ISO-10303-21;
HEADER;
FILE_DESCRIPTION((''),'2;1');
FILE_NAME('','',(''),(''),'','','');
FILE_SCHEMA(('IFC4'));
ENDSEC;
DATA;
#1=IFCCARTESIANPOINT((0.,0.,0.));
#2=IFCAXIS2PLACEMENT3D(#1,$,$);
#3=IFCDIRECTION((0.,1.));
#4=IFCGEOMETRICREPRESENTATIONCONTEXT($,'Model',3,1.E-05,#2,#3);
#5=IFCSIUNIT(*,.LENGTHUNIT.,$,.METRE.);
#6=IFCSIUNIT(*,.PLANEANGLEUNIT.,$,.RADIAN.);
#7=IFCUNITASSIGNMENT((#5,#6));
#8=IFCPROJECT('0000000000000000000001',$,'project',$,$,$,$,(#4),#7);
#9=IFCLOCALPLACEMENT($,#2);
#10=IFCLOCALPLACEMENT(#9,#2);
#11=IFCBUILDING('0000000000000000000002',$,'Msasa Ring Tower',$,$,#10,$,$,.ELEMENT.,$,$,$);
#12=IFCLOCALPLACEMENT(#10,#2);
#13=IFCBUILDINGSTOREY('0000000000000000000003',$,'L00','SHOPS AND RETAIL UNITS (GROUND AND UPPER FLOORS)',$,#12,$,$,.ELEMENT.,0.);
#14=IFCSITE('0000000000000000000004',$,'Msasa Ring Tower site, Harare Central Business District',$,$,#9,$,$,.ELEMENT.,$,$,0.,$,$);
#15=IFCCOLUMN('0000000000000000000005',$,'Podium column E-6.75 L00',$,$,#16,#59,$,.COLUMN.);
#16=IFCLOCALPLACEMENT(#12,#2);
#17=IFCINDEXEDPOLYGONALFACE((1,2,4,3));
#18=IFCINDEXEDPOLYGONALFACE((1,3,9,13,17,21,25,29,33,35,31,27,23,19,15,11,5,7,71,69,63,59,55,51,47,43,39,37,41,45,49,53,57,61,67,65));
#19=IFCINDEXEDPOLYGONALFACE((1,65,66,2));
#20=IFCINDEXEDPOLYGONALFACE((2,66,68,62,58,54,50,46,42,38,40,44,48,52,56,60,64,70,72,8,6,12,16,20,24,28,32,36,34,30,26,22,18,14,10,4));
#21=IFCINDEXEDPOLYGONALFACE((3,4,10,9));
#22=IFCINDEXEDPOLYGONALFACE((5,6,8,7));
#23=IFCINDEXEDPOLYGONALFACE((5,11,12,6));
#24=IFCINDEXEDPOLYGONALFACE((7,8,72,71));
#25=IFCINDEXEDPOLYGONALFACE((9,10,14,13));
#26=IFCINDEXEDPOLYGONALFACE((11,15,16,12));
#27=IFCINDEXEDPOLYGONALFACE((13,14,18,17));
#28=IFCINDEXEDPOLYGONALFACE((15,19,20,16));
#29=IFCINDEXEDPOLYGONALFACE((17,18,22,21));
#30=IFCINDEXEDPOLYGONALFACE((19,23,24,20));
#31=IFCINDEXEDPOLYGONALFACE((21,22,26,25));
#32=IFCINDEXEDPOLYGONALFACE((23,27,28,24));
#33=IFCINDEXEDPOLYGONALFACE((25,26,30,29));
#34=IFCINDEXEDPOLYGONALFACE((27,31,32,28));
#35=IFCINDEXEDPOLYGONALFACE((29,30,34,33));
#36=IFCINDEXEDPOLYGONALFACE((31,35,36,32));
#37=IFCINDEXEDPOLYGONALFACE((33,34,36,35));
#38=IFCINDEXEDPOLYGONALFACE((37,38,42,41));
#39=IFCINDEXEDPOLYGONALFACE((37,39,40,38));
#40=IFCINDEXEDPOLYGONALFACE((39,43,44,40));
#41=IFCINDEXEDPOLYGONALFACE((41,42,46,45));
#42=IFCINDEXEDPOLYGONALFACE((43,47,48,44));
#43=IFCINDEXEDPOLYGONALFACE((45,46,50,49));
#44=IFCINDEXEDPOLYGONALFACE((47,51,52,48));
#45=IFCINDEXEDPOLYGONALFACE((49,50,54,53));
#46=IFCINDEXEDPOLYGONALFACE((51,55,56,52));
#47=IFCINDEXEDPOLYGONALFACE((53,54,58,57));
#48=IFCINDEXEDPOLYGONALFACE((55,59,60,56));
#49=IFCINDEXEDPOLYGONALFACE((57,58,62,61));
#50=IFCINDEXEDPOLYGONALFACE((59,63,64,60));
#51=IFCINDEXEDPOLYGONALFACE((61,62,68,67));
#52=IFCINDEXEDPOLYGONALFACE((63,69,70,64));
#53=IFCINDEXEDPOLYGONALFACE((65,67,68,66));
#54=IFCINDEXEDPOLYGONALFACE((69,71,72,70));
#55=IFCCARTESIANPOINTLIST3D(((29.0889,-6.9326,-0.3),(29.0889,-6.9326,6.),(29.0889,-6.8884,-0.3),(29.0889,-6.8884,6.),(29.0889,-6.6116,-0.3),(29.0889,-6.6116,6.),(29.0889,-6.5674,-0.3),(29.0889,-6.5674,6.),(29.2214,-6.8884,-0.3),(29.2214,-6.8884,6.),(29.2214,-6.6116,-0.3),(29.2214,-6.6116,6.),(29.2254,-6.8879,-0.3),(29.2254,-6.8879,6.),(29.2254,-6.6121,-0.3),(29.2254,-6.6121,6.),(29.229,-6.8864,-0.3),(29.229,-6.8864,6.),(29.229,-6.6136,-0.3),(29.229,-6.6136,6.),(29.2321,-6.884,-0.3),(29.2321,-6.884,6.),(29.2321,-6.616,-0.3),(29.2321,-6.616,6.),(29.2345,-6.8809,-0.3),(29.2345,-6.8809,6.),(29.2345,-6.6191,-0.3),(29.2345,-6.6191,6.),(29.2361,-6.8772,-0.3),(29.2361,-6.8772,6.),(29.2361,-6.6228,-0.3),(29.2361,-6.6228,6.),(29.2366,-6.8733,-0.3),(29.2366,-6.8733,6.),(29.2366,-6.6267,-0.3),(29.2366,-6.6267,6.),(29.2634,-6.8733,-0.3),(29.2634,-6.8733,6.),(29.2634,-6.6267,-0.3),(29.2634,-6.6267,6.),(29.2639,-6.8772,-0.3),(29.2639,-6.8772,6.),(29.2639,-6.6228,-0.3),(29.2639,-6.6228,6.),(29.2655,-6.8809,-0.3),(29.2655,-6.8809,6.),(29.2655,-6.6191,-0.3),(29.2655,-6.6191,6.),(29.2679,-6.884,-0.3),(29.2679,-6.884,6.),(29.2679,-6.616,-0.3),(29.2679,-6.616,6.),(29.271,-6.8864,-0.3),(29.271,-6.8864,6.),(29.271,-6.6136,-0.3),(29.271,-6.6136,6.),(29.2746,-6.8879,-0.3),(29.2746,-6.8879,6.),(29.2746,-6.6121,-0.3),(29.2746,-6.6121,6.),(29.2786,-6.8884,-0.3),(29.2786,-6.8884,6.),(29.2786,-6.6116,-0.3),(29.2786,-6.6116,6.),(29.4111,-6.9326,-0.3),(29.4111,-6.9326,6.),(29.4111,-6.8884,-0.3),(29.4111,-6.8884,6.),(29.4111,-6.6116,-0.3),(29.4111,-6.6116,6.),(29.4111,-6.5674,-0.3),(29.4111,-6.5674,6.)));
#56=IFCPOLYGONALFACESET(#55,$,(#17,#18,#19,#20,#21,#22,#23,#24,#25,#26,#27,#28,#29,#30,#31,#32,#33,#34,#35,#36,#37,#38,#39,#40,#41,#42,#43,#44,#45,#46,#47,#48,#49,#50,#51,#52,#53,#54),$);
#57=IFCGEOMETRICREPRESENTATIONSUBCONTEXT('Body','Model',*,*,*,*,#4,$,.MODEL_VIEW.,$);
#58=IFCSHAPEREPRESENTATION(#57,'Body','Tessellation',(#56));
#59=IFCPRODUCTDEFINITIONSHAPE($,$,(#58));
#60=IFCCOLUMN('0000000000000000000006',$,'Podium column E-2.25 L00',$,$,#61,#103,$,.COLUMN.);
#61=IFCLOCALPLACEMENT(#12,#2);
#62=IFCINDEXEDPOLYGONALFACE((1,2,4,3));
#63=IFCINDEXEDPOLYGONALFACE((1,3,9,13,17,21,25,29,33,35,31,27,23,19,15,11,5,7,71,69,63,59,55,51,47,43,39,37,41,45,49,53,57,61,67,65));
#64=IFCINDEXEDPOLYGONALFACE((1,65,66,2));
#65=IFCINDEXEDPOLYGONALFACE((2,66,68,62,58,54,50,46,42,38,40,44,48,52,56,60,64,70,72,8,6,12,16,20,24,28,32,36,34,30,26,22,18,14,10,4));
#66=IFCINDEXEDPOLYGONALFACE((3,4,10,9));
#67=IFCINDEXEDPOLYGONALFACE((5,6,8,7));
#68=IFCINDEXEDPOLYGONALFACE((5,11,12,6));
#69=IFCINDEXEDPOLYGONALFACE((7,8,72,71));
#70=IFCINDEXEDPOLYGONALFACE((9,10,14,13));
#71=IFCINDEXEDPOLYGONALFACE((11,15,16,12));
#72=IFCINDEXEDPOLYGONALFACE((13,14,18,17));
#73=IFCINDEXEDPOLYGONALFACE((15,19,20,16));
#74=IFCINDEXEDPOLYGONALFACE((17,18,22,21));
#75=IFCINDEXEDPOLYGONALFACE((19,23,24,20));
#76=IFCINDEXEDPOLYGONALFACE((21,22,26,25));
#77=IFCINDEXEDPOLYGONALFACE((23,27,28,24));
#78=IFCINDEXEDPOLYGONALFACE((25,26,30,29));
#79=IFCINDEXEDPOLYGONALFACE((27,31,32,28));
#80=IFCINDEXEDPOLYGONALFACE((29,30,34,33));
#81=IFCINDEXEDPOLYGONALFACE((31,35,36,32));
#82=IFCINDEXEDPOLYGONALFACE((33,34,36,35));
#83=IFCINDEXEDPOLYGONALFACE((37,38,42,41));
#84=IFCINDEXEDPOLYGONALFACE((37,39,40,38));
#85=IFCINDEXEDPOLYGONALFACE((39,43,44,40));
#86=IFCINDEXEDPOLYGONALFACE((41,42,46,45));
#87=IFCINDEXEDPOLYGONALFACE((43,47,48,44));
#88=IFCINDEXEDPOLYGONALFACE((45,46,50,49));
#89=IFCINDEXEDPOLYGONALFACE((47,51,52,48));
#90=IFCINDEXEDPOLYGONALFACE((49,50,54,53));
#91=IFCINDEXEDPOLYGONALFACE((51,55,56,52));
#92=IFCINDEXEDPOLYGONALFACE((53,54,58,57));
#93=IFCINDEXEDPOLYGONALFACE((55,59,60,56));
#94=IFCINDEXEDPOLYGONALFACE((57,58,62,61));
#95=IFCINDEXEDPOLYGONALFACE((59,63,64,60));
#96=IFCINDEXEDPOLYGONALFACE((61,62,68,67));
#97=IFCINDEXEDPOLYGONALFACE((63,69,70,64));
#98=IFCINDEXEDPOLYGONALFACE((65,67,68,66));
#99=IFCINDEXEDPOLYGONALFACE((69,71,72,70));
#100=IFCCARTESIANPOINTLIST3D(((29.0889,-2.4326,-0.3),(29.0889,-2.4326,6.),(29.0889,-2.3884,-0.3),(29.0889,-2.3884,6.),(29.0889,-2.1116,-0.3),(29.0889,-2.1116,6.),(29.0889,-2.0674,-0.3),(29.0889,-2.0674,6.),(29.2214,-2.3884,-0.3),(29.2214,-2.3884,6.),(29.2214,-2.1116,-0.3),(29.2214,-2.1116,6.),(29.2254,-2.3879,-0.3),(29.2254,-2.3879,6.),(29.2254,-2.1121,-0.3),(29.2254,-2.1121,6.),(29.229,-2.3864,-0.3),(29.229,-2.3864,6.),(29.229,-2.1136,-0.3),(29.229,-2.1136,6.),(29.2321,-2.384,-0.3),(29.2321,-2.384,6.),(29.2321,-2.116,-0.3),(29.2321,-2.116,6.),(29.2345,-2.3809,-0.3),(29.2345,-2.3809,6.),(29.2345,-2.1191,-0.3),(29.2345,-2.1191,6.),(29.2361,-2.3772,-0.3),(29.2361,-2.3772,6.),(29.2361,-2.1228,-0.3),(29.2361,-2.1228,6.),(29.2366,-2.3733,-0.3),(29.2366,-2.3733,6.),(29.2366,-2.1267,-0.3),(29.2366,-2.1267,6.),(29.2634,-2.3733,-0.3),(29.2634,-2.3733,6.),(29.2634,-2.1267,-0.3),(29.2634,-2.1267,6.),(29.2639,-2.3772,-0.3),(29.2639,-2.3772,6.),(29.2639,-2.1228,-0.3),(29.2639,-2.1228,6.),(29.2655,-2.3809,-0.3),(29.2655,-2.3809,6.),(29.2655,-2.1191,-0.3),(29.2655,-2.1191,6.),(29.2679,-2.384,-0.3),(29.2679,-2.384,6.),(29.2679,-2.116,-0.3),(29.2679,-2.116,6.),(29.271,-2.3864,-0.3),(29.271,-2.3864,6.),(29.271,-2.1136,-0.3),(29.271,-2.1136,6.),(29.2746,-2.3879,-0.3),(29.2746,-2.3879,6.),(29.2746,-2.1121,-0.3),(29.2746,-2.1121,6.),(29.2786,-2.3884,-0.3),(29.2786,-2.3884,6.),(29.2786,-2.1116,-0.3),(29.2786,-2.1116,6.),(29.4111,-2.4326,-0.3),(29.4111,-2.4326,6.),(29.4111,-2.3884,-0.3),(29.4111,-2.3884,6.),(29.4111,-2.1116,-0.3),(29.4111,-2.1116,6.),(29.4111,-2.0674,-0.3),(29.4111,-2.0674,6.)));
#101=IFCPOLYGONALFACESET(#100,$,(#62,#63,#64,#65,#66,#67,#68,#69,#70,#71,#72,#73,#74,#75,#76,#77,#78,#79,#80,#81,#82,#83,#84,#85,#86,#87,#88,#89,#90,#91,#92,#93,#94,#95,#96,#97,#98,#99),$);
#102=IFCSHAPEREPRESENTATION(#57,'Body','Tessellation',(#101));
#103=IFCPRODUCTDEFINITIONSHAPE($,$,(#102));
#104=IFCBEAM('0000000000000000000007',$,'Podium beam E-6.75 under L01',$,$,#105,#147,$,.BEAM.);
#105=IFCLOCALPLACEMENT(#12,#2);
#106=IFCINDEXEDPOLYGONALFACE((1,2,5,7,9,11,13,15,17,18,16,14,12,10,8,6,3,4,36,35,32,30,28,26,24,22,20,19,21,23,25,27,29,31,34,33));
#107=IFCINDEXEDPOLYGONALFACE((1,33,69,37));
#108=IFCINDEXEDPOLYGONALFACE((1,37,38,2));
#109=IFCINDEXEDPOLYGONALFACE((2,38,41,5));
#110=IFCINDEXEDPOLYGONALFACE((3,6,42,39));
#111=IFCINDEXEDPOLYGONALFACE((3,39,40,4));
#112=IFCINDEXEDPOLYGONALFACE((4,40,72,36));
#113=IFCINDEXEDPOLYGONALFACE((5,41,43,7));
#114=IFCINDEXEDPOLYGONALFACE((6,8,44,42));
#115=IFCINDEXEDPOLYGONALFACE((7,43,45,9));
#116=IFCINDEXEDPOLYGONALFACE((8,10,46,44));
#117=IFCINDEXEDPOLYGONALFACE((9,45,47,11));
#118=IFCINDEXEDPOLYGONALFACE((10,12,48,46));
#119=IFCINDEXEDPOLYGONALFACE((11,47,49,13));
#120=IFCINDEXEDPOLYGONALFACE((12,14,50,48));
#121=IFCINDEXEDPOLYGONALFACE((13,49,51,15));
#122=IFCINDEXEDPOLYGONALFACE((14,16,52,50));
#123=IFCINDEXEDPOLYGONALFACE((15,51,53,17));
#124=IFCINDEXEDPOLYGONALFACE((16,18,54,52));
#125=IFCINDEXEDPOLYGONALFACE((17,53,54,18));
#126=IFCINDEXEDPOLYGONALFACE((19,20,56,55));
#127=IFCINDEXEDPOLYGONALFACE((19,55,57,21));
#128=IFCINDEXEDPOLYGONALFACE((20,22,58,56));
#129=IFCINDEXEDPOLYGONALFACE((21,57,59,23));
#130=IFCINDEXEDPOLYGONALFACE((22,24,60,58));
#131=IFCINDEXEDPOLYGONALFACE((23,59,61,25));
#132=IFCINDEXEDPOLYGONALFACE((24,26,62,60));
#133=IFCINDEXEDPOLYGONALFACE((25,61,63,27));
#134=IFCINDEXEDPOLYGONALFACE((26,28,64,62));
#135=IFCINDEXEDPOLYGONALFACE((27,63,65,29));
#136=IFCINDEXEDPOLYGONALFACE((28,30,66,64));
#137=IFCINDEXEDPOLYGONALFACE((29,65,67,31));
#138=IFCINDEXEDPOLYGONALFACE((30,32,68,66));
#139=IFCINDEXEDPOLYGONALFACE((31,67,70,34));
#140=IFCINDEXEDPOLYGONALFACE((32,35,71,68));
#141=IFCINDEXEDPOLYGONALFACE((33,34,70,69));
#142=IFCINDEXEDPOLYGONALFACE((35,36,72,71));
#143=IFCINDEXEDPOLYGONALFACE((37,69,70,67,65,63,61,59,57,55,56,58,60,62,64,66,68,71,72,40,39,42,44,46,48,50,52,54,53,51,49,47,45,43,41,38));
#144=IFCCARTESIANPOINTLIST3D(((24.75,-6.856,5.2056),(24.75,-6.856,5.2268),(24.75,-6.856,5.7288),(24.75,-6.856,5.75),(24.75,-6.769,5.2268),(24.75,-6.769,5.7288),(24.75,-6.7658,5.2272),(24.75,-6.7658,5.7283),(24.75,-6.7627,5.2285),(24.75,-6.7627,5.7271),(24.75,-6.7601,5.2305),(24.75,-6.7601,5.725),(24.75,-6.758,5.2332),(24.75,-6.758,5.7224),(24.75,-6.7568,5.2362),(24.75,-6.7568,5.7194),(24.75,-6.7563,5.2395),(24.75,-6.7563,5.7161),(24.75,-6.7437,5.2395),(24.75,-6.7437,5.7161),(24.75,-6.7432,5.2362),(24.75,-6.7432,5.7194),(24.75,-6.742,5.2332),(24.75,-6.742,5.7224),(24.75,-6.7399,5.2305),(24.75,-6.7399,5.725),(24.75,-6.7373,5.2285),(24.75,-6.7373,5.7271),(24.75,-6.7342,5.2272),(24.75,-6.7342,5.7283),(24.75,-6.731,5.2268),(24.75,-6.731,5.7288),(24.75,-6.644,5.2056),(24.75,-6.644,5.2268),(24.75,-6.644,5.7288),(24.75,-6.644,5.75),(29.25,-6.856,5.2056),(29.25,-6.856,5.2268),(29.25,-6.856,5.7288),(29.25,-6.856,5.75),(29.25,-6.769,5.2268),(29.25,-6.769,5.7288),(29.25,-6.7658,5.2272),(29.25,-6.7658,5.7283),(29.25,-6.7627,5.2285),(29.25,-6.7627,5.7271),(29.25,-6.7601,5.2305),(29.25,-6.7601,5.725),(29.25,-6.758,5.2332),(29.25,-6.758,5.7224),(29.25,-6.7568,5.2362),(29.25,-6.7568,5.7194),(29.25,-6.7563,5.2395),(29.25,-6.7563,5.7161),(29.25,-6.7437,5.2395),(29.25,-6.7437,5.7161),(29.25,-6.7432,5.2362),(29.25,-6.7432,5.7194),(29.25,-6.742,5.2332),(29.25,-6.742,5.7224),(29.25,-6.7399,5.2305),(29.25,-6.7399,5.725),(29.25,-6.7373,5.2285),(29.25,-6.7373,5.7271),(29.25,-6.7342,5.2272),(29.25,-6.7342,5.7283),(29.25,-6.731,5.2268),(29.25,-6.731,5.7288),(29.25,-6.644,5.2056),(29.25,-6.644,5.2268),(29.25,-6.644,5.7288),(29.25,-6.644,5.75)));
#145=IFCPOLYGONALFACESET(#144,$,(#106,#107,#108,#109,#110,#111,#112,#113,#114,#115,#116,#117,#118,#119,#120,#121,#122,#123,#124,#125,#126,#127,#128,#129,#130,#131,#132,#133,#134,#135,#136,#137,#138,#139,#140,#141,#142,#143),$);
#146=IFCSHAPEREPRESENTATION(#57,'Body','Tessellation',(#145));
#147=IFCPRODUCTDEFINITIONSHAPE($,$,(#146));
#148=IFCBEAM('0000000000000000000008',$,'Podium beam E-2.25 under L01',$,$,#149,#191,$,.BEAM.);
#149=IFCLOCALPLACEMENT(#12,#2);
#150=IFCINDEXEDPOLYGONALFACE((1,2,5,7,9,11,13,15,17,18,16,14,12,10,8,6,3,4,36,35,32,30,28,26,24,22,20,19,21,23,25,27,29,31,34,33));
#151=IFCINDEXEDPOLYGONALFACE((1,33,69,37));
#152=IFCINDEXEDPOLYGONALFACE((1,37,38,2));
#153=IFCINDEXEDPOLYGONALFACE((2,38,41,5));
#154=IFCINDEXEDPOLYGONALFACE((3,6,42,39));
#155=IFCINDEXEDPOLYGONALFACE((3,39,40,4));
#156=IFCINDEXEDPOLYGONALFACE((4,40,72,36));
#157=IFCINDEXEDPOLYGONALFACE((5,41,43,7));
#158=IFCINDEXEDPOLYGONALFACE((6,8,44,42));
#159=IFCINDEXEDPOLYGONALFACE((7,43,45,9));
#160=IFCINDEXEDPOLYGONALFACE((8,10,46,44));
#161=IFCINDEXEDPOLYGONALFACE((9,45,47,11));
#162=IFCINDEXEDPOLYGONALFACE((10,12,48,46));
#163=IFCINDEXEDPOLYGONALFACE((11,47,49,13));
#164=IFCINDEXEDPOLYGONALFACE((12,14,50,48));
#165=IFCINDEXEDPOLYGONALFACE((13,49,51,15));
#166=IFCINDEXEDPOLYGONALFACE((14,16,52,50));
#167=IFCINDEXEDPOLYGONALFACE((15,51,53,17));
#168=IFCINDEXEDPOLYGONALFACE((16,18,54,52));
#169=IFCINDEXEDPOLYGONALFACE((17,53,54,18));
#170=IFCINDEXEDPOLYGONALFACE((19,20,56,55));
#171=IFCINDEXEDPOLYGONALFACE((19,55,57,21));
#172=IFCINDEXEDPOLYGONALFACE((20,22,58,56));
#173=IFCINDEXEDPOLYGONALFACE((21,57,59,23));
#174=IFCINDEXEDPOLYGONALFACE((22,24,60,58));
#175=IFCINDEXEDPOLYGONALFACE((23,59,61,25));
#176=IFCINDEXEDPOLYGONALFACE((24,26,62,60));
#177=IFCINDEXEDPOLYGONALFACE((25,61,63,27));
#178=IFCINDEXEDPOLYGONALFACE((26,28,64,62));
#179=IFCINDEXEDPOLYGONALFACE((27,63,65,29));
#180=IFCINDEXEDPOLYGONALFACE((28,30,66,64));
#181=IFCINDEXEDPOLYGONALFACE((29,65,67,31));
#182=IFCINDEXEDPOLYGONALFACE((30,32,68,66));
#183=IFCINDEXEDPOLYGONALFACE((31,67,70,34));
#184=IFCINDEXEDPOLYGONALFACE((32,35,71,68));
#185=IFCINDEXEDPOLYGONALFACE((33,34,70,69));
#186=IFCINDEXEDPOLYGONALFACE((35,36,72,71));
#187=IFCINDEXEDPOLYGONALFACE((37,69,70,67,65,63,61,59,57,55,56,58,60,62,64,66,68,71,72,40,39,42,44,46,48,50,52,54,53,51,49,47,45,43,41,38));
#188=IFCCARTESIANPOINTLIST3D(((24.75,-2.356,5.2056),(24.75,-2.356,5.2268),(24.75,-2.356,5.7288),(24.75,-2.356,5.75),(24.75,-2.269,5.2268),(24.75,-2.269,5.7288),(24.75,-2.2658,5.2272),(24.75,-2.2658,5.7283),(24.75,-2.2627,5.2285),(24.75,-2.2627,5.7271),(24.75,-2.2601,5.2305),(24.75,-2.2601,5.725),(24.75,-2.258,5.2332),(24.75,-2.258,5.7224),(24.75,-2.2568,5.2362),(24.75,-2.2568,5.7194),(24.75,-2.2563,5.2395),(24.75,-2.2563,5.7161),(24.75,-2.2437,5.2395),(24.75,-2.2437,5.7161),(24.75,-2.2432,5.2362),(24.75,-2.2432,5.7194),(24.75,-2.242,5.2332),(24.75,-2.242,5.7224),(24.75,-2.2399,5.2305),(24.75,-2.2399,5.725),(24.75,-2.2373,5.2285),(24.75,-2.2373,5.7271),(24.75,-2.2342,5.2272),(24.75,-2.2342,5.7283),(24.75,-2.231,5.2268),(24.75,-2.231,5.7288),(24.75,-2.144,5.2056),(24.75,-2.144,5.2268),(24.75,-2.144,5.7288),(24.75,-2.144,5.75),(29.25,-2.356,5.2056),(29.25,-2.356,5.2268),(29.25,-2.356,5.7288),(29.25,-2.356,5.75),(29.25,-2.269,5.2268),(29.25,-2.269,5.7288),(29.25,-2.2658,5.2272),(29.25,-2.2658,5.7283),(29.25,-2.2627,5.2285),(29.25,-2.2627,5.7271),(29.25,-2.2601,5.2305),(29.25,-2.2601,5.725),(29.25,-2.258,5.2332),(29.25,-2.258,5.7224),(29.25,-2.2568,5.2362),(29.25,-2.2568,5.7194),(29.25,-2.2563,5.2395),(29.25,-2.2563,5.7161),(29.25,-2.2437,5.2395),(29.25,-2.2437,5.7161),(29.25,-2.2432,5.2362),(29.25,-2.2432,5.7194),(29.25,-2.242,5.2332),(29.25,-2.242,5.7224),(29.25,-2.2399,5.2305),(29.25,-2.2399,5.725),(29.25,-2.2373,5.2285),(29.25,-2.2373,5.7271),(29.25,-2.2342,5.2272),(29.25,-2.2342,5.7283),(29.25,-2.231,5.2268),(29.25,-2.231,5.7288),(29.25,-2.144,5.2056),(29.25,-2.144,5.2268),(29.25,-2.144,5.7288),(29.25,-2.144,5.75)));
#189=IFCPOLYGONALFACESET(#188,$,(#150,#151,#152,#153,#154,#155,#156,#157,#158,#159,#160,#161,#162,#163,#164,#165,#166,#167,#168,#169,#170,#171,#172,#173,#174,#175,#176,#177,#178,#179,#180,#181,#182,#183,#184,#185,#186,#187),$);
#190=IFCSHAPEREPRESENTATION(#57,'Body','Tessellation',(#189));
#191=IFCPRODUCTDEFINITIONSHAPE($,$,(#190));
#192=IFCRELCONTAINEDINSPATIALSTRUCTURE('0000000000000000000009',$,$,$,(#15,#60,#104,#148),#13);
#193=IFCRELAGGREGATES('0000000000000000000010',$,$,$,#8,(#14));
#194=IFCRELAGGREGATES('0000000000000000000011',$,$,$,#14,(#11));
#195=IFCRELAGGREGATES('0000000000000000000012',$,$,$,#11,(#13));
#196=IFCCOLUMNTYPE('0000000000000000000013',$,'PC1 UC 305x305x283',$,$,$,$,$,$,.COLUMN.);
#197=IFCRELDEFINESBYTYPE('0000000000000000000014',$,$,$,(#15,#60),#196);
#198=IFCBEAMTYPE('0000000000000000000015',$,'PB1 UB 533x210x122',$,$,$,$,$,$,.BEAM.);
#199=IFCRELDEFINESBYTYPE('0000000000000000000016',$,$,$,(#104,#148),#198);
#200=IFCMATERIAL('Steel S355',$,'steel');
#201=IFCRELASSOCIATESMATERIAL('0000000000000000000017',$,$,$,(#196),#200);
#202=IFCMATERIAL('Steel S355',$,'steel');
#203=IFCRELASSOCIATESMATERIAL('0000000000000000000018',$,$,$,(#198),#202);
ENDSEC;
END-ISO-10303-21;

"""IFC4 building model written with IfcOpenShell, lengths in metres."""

from ifc_helpers import new_model, si_unit, direction, frame, origin, origin_2d, place, context, subcontext, project, spatial, i_section, extrude, material, material_profile, profile_set, type_object, element, save


model = new_model("IFC4")

# Units and contexts
model_context = context("Model", 3, precision=1e-05, world=origin(), true_north=direction((0.0, 1.0)))
body_context = subcontext(model_context, "Body", "Model", "MODEL_VIEW")
ifc_project = project(units=[si_unit("LENGTHUNIT", "METRE"), si_unit("PLANEANGLEUNIT", "RADIAN")], contexts=[model_context])

# Site, building, storey
site_placement = place(None, origin())
site = spatial("IfcSite", under=ifc_project, at=site_placement, Name="Msasa Ring Tower site, Harare Central Business District", CompositionType="ELEMENT", RefElevation=0.0)
building_placement = place(site_placement, origin())
building = spatial("IfcBuilding", under=site, at=building_placement, Name="Msasa Ring Tower", CompositionType="ELEMENT")
storey_placement = place(building_placement, origin())
storey = spatial("IfcBuildingStorey", under=building, at=storey_placement, Name="L00", Description="SHOPS AND RETAIL UNITS (GROUND AND UPPER FLOORS)", CompositionType="ELEMENT", Elevation=0.0)

# Columns
ifc_material_1 = material(Name="Steel S355", Category="steel")
ifc_material_profile_1 = material_profile(ifc_material_1, i_section(OverallWidth=0.3223, OverallDepth=0.3652, WebThickness=0.0269, FlangeThickness=0.0442, FilletRadius=0.0151, at=origin_2d()), Name="UC 305x305x283")
ifc_profile_set_1 = profile_set([ifc_material_profile_1], Name="Steel S355")
column_type = type_object("IfcColumnType", Name="PC1 UC 305x305x283", PredefinedType="COLUMN", material=ifc_profile_set_1)
for number, where, z_axis, x_axis, name in (
    (1, (29.25, -6.75, -0.3), (0.0, 0.0, 1.0), (1.0, 0.0, 0.0), "Podium column E-6.75 L00"),
    (2, (29.25, -2.25, -0.3), (0.0, 0.0, 1.0), (1.0, 0.0, 0.0), "Podium column E-2.25 L00"),
):
    element("IfcColumn", number, at=place(storey_placement, frame(where, z_axis=z_axis, x_axis=x_axis)), inside=storey, type_object=column_type, Name=name, PredefinedType="COLUMN", context=body_context, shape_type="SweptSolid", body=[
        extrude(i_section(OverallWidth=0.3223, OverallDepth=0.3652, WebThickness=0.0269, FlangeThickness=0.0442, FilletRadius=0.0151, at=origin_2d()), origin(), (0.0, 0.0, 1.0), 6.3),
    ])

# Beams
ifc_material_2 = material(Name="Steel S355", Category="steel")
ifc_material_profile_2 = material_profile(ifc_material_2, i_section(OverallWidth=0.2119, OverallDepth=0.5444, WebThickness=0.0127, FlangeThickness=0.0212, FilletRadius=0.0127, at=origin_2d()), Name="UB 533x210x122")
ifc_profile_set_2 = profile_set([ifc_material_profile_2], Name="Steel S355")
beam_type_1 = type_object("IfcBeamType", Name="PB1 UB 533x210x122", PredefinedType="BEAM", material=ifc_profile_set_2)
for number, where, z_axis, x_axis, name in (
    (3, (29.25, -6.75, 5.4778), (-1.0, 0.0, 0.0), (0.0, -1.0, 0.0), "Podium beam E-6.75 under L01"),
    (4, (29.25, -2.25, 5.4778), (-1.0, 0.0, 0.0), (0.0, -1.0, 0.0), "Podium beam E-2.25 under L01"),
):
    element("IfcBeam", number, at=place(storey_placement, frame(where, z_axis=z_axis, x_axis=x_axis)), inside=storey, type_object=beam_type_1, Name=name, PredefinedType="BEAM", context=body_context, shape_type="SweptSolid", body=[
        extrude(i_section(OverallWidth=0.2119, OverallDepth=0.5444, WebThickness=0.0127, FlangeThickness=0.0212, FilletRadius=0.0127, at=origin_2d()), origin(), (0.0, 0.0, 1.0), 4.5),
    ])

save(model, "model.ifc")
